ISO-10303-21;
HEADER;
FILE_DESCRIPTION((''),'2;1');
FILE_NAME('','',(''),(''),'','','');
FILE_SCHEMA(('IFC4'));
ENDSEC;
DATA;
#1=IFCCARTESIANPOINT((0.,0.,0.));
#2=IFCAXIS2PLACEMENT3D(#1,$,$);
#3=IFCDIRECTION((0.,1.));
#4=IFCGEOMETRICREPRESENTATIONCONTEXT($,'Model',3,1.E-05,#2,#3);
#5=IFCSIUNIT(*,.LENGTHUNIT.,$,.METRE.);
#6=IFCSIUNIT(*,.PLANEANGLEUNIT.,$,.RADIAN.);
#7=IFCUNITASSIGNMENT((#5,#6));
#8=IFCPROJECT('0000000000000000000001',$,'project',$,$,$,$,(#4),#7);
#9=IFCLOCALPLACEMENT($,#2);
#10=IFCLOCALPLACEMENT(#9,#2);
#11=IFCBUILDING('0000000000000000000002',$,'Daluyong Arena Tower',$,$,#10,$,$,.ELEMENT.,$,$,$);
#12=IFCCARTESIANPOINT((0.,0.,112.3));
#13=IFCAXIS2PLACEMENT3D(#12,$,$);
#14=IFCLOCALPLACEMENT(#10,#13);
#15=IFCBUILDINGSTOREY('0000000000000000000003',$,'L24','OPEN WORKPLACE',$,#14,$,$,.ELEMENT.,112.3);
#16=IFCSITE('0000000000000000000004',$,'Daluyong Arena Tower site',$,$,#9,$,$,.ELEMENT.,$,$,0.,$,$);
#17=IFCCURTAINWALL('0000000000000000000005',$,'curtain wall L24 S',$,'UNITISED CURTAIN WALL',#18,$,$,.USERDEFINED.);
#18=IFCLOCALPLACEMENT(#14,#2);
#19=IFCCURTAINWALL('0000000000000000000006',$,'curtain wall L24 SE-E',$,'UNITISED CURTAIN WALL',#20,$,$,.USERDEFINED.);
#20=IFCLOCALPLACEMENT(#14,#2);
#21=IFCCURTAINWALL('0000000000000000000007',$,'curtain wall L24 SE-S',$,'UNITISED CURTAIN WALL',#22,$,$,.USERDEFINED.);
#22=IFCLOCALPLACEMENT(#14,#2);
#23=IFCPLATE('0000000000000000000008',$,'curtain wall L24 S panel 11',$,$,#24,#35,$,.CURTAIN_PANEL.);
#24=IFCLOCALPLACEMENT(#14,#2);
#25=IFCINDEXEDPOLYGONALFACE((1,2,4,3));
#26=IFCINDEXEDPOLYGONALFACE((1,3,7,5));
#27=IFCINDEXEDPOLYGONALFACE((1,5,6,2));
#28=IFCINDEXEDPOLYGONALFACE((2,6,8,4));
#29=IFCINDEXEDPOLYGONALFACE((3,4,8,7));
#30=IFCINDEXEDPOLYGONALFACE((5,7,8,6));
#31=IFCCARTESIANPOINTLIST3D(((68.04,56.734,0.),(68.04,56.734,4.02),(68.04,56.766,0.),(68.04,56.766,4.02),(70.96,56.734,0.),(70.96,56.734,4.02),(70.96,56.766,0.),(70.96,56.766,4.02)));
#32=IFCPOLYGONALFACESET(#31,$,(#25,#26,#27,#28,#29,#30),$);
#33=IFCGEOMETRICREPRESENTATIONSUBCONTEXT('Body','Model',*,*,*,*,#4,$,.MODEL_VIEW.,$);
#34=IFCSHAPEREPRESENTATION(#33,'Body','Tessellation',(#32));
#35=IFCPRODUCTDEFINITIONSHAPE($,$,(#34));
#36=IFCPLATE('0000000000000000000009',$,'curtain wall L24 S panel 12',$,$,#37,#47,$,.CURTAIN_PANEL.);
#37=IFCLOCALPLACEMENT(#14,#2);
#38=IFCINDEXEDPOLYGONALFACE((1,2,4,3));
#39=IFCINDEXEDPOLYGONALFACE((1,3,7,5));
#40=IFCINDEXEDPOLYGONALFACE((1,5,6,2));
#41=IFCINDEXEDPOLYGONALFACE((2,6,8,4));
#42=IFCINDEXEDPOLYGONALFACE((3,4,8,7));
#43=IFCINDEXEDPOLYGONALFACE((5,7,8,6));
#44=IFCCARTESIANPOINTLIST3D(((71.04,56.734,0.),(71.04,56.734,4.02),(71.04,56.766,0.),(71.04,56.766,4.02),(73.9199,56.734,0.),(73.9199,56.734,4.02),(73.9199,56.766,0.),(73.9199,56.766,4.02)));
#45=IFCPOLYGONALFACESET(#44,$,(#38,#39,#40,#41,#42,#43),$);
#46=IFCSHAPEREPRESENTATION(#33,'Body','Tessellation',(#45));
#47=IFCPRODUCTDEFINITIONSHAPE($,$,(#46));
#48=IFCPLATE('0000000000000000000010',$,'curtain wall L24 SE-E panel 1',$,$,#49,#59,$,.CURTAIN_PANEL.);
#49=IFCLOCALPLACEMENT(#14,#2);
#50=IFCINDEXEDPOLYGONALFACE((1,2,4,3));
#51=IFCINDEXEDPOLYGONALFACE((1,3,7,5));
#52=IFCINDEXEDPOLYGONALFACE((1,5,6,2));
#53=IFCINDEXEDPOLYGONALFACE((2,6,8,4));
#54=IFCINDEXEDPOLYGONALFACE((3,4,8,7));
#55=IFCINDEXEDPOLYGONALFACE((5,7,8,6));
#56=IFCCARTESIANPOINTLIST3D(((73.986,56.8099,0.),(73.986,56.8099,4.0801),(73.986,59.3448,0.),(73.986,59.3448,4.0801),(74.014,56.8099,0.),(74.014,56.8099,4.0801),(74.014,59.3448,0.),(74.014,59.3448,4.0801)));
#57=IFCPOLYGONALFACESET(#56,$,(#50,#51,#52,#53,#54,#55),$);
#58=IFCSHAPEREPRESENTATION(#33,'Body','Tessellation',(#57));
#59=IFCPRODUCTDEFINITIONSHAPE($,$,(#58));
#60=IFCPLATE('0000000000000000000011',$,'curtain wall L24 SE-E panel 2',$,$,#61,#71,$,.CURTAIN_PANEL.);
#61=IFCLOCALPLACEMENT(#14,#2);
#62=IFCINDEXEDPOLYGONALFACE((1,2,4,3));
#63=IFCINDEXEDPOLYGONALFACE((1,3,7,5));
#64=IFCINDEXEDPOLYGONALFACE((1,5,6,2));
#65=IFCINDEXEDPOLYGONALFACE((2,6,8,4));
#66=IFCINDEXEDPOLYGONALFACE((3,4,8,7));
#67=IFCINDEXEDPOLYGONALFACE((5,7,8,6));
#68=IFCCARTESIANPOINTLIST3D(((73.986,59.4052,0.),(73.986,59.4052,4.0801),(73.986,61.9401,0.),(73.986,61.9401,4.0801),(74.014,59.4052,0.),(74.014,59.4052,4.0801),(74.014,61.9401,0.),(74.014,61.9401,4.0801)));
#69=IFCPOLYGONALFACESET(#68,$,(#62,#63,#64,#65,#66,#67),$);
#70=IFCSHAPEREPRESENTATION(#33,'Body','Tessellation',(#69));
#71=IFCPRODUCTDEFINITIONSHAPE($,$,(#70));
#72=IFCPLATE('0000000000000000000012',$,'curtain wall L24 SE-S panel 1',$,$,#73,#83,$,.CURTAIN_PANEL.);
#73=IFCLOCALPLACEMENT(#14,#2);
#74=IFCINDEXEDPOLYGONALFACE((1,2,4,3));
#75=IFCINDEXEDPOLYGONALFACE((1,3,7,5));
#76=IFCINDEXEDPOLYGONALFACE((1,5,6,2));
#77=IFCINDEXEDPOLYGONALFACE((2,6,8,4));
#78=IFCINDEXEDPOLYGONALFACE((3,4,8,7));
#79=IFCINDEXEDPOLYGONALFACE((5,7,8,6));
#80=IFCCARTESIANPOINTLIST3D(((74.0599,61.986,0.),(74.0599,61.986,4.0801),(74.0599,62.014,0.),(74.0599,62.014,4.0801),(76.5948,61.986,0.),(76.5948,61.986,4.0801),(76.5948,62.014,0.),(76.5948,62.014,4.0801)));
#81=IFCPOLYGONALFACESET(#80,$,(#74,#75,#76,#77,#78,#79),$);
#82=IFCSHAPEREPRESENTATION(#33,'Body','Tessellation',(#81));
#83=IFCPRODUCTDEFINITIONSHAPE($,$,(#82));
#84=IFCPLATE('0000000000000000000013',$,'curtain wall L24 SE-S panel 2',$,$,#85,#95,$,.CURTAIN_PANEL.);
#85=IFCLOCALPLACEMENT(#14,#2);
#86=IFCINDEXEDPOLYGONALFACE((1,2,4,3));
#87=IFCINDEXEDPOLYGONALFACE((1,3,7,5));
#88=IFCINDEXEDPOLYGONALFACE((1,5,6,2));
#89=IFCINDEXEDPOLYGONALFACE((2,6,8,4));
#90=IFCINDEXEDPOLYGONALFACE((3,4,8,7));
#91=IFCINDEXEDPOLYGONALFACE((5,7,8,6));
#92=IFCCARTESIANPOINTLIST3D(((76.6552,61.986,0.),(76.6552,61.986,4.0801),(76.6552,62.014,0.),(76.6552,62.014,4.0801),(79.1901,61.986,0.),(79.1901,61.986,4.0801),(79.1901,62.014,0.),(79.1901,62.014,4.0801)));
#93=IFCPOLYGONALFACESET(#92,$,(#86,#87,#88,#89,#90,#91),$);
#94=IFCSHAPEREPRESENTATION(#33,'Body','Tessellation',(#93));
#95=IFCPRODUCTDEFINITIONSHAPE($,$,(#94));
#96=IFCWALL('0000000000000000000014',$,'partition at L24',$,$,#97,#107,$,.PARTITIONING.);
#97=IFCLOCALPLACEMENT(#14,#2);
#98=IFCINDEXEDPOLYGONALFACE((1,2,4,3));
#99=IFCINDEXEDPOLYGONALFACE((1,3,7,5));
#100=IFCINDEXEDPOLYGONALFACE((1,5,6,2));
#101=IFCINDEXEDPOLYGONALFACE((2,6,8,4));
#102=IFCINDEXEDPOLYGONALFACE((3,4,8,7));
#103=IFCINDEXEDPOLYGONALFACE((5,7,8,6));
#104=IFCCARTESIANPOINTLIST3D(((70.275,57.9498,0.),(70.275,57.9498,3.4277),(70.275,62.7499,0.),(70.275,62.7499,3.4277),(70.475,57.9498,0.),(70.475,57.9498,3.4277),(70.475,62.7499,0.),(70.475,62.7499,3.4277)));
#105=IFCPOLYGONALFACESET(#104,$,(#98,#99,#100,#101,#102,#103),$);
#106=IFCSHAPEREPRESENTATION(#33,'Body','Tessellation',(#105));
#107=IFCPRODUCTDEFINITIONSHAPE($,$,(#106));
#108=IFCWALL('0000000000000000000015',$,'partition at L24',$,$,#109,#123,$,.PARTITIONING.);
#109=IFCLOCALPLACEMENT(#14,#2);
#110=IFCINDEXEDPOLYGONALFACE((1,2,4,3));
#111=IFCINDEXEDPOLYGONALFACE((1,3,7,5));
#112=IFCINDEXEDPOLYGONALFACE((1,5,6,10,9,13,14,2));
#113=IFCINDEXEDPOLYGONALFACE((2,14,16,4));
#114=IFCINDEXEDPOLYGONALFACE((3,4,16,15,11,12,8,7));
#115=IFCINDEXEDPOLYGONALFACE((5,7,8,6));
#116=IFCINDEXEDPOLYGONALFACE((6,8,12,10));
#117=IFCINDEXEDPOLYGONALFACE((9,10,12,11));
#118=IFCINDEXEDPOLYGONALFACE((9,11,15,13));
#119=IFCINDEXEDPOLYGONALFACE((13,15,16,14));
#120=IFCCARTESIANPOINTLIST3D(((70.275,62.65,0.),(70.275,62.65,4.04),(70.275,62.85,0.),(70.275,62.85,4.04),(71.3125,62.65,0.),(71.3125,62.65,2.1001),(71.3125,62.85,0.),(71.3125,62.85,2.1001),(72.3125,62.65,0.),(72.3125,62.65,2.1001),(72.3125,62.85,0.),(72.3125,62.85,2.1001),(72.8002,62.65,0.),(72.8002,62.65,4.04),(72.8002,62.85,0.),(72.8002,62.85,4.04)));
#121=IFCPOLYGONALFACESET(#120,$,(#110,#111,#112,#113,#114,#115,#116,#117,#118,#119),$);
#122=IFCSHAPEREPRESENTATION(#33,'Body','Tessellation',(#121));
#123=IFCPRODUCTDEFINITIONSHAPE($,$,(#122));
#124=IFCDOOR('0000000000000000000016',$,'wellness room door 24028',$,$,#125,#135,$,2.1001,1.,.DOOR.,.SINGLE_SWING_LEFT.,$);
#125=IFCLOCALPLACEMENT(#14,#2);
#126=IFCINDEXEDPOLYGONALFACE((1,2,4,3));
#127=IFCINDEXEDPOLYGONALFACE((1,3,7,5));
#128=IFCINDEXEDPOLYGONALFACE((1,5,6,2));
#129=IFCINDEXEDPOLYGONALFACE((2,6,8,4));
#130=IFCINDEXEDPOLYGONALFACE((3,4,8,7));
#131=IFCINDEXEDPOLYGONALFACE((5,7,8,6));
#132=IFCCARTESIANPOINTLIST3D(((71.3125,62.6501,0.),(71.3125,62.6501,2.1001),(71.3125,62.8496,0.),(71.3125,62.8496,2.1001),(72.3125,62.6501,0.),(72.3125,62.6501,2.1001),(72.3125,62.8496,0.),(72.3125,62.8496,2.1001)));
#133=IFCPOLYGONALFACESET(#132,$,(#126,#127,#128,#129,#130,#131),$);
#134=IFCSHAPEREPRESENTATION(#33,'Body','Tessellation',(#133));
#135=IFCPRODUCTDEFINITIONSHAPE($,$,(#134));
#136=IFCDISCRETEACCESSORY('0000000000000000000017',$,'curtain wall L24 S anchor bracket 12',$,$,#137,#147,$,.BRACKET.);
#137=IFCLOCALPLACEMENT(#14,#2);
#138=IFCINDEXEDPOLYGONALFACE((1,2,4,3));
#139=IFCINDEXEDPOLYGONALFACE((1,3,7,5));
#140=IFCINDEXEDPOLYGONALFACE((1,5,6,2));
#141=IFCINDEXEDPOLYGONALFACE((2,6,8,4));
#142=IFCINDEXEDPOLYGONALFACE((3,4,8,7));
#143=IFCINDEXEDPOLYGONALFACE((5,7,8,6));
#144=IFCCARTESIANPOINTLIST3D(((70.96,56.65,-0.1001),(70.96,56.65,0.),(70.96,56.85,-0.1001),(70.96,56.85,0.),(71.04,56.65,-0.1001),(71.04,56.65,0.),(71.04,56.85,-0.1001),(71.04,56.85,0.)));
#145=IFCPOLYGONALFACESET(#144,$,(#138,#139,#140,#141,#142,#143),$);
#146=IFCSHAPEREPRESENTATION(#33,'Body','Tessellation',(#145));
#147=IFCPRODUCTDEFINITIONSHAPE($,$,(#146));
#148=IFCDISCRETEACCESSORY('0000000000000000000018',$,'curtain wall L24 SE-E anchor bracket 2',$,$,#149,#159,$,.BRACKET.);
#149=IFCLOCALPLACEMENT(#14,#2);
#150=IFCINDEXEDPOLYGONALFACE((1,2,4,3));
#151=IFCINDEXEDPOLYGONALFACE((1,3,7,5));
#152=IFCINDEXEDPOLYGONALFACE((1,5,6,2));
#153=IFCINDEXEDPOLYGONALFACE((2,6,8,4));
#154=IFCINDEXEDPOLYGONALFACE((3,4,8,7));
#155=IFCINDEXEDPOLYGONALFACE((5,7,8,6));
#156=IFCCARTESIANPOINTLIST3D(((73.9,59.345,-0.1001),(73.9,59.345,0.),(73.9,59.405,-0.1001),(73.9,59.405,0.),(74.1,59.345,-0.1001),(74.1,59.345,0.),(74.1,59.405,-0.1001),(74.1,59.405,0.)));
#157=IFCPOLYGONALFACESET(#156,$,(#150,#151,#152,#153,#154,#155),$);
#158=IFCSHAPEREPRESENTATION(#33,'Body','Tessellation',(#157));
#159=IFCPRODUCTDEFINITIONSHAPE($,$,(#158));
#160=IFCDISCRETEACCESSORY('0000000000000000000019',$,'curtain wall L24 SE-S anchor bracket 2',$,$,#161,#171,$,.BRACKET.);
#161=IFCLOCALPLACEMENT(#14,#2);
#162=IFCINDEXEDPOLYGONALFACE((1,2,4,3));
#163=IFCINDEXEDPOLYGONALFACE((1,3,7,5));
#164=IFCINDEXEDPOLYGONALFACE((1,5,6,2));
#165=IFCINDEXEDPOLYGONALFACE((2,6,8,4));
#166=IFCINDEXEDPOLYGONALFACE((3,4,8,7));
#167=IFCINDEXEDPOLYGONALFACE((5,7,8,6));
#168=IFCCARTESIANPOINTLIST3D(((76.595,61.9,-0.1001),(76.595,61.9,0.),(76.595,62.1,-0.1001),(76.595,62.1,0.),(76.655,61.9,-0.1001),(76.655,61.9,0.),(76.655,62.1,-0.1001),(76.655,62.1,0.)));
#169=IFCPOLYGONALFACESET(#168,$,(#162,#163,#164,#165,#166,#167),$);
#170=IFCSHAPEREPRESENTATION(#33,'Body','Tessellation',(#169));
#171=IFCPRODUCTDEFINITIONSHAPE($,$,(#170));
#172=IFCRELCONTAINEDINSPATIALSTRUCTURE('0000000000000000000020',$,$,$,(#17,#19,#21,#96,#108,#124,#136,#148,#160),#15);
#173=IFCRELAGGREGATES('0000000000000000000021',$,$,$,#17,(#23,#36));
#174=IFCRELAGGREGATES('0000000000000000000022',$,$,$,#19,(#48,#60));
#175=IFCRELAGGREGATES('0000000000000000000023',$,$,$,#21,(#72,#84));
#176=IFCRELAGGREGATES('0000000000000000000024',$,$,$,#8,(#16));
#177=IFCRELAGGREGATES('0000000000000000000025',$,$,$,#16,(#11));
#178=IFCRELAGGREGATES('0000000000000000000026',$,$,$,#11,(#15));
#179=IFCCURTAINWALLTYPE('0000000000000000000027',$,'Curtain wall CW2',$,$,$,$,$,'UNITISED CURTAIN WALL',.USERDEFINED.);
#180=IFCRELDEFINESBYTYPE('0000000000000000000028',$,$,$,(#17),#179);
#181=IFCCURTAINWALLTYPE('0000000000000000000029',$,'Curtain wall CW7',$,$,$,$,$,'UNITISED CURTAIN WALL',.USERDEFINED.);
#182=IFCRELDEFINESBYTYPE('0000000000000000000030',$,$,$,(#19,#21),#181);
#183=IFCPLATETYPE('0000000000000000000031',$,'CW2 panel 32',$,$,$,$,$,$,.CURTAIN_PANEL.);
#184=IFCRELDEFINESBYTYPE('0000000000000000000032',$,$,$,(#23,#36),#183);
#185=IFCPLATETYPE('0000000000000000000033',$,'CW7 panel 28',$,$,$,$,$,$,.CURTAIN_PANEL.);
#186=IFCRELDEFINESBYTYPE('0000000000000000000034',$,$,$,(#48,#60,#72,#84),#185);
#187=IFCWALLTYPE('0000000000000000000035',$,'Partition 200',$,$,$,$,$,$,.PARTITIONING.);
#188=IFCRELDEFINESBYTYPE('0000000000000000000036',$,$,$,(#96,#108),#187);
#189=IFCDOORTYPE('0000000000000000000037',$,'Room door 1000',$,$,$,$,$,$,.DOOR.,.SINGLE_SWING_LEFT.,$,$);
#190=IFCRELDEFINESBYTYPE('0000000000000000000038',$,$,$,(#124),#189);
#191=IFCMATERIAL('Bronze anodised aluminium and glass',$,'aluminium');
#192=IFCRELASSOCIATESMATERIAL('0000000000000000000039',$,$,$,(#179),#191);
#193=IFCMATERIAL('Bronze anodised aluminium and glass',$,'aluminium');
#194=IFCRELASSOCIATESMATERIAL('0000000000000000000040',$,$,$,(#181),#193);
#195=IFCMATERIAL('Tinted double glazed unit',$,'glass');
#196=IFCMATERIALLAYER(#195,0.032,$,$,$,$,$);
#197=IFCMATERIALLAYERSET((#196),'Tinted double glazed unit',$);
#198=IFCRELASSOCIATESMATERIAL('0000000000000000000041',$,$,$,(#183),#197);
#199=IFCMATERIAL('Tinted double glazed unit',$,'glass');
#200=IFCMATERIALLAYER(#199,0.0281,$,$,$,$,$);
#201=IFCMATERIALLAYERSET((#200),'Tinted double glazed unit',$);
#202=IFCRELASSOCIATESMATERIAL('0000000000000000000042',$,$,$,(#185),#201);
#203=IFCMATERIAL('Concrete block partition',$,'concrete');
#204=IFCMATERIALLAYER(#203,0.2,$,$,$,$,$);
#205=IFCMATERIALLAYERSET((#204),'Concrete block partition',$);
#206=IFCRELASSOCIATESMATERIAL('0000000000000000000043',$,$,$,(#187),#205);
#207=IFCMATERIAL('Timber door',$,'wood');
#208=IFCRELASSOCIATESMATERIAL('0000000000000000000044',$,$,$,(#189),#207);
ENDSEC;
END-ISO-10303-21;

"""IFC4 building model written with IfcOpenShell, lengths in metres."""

from ifc_helpers import new_model, si_unit, direction, frame, frame_2d, origin, origin_2d, place, context, subcontext, project, spatial, rectangle, extrude, material, layer, layer_set, type_object, element, fill, aggregate, save


model = new_model("IFC4")

# Units and contexts
model_context = context("Model", 3, precision=1e-05, world=origin(), true_north=direction((0.0, 1.0)))
body_context = subcontext(model_context, "Body", "Model", "MODEL_VIEW")
ifc_project = project(units=[si_unit("LENGTHUNIT", "METRE"), si_unit("PLANEANGLEUNIT", "RADIAN")], contexts=[model_context])

# Site, building, storey
site_placement = place(None, origin())
site = spatial("IfcSite", under=ifc_project, at=site_placement, Name="Daluyong Arena Tower site", CompositionType="ELEMENT", RefElevation=0.0)
building_placement = place(site_placement, origin())
building = spatial("IfcBuilding", under=site, at=building_placement, Name="Daluyong Arena Tower", CompositionType="ELEMENT")
storey_placement = place(building_placement, frame((0.0, 0.0, 112.3)))
storey = spatial("IfcBuildingStorey", under=building, at=storey_placement, Name="L24", Description="OPEN WORKPLACE", CompositionType="ELEMENT", Elevation=112.3)

# Curtain wall
ifc_material_1 = material(Name="Bronze anodised aluminium and glass", Category="aluminium")
curtain_wall_type_1 = type_object("IfcCurtainWallType", Name="Curtain wall CW2", ElementType="UNITISED CURTAIN WALL", PredefinedType="USERDEFINED", material=ifc_material_1)
curtain_wall_1_placement = place(storey_placement, origin())
curtain_wall_1 = element("IfcCurtainWall", 1, at=curtain_wall_1_placement, inside=storey, type_object=curtain_wall_type_1, Name="curtain wall L24 S", ObjectType="UNITISED CURTAIN WALL", PredefinedType="USERDEFINED")

# Curtain walls
ifc_material_2 = material(Name="Bronze anodised aluminium and glass", Category="aluminium")
curtain_wall_type_2 = type_object("IfcCurtainWallType", Name="Curtain wall CW7", ElementType="UNITISED CURTAIN WALL", PredefinedType="USERDEFINED", material=ifc_material_2)
curtain_wall_2_placement = place(storey_placement, origin())
curtain_wall_2 = element("IfcCurtainWall", 2, at=curtain_wall_2_placement, inside=storey, type_object=curtain_wall_type_2, Name="curtain wall L24 SE-E", ObjectType="UNITISED CURTAIN WALL", PredefinedType="USERDEFINED")
curtain_wall_3_placement = place(storey_placement, origin())
curtain_wall_3 = element("IfcCurtainWall", 3, at=curtain_wall_3_placement, inside=storey, type_object=curtain_wall_type_2, Name="curtain wall L24 SE-S", ObjectType="UNITISED CURTAIN WALL", PredefinedType="USERDEFINED")

# Plates
ifc_material_3 = material(Name="Tinted double glazed unit", Category="glass")
ifc_layer_1 = layer(ifc_material_3, 0.032)
ifc_layer_set_1 = layer_set([ifc_layer_1], Name="Tinted double glazed unit")
plate_type_1 = type_object("IfcPlateType", Name="CW2 panel 32", PredefinedType="CURTAIN_PANEL", material=ifc_layer_set_1)
plate_1_placement = place(storey_placement, frame((69.5, 56.75, 0.0), z_axis=(0.0, 0.0, 1.0), x_axis=(1.0, 0.0, 0.0)))
plate_1 = element("IfcPlate", 4, at=plate_1_placement, type_object=plate_type_1, Name="curtain wall L24 S panel 11", PredefinedType="CURTAIN_PANEL", context=body_context, shape_type="SweptSolid", body=[
    extrude(rectangle(XDim=2.9199, YDim=0.032, at=origin_2d()), origin(), (0.0, 0.0, 1.0), 4.02),
])
plate_2_placement = place(storey_placement, frame((72.48, 56.75, 0.0), z_axis=(0.0, 0.0, 1.0), x_axis=(1.0, 0.0, 0.0)))
plate_2 = element("IfcPlate", 5, at=plate_2_placement, type_object=plate_type_1, Name="curtain wall L24 S panel 12", PredefinedType="CURTAIN_PANEL", context=body_context, shape_type="SweptSolid", body=[
    extrude(rectangle(XDim=2.8799, YDim=0.032, at=origin_2d()), origin(), (0.0, 0.0, 1.0), 4.02),
])
aggregate(curtain_wall_1, [plate_1, plate_2])
ifc_material_4 = material(Name="Tinted double glazed unit", Category="glass")
ifc_layer_2 = layer(ifc_material_4, 0.0281)
ifc_layer_set_2 = layer_set([ifc_layer_2], Name="Tinted double glazed unit")
plate_type_2 = type_object("IfcPlateType", Name="CW7 panel 28", PredefinedType="CURTAIN_PANEL", material=ifc_layer_set_2)
plate_3_placement = place(storey_placement, frame((74.0, 58.0774, 0.0), z_axis=(0.0, 0.0, 1.0), x_axis=(0.0, 1.0, 0.0)))
plate_3 = element("IfcPlate", 6, at=plate_3_placement, type_object=plate_type_2, Name="curtain wall L24 SE-E panel 1", PredefinedType="CURTAIN_PANEL", context=body_context, shape_type="SweptSolid", body=[
    extrude(rectangle(XDim=2.5349, YDim=0.0281, at=origin_2d()), origin(), (0.0, 0.0, 1.0), 4.0801),
])
plate_4_placement = place(storey_placement, frame((74.0, 60.6726, 0.0), z_axis=(0.0, 0.0, 1.0), x_axis=(0.0, 1.0, 0.0)))
plate_4 = element("IfcPlate", 7, at=plate_4_placement, type_object=plate_type_2, Name="curtain wall L24 SE-E panel 2", PredefinedType="CURTAIN_PANEL", context=body_context, shape_type="SweptSolid", body=[
    extrude(rectangle(XDim=2.5349, YDim=0.0281, at=origin_2d()), origin(), (0.0, 0.0, 1.0), 4.0801),
])
aggregate(curtain_wall_2, [plate_3, plate_4])
plate_5_placement = place(storey_placement, frame((75.3274, 62.0, 0.0), z_axis=(0.0, 0.0, 1.0), x_axis=(1.0, 0.0, 0.0)))
plate_5 = element("IfcPlate", 8, at=plate_5_placement, type_object=plate_type_2, Name="curtain wall L24 SE-S panel 1", PredefinedType="CURTAIN_PANEL", context=body_context, shape_type="SweptSolid", body=[
    extrude(rectangle(XDim=2.5349, YDim=0.0281, at=origin_2d()), origin(), (0.0, 0.0, 1.0), 4.0801),
])
plate_6_placement = place(storey_placement, frame((77.9226, 62.0, 0.0), z_axis=(0.0, 0.0, 1.0), x_axis=(1.0, 0.0, 0.0)))
plate_6 = element("IfcPlate", 9, at=plate_6_placement, type_object=plate_type_2, Name="curtain wall L24 SE-S panel 2", PredefinedType="CURTAIN_PANEL", context=body_context, shape_type="SweptSolid", body=[
    extrude(rectangle(XDim=2.5349, YDim=0.0281, at=origin_2d()), origin(), (0.0, 0.0, 1.0), 4.0801),
])
aggregate(curtain_wall_3, [plate_5, plate_6])

# Wall
ifc_material_5 = material(Name="Concrete block partition", Category="concrete")
ifc_layer_3 = layer(ifc_material_5, 0.2)
ifc_layer_set_3 = layer_set([ifc_layer_3], Name="Concrete block partition")
wall_type = type_object("IfcWallType", Name="Partition 200", PredefinedType="PARTITIONING", material=ifc_layer_set_3)
wall_1_placement = place(storey_placement, frame((70.375, 57.95, 0.0), z_axis=(0.0, 0.0, 1.0), x_axis=(0.0, 1.0, 0.0)))
element("IfcWall", 10, at=wall_1_placement, inside=storey, type_object=wall_type, Name="partition at L24", PredefinedType="PARTITIONING", context=body_context, shape_type="SweptSolid", body=[
    extrude(rectangle(XDim=4.8, YDim=0.2, at=frame_2d((2.3999, 0.0))), origin(), (0.0, 0.0, 1.0), 3.4277),
])

# Wall, opening, door
wall_2_placement = place(storey_placement, frame((70.2749, 62.75, 0.0), z_axis=(0.0, 0.0, 1.0), x_axis=(1.0, 0.0, 0.0)))
wall_2 = element("IfcWall", 11, at=wall_2_placement, inside=storey, type_object=wall_type, Name="partition at L24", PredefinedType="PARTITIONING", context=body_context, shape_type="SweptSolid", body=[
    extrude(rectangle(XDim=2.5251, YDim=0.2, at=frame_2d((1.2627, 0.0))), origin(), (0.0, 0.0, 1.0), 4.04),
])
opening_placement = place(wall_2_placement, frame((1.0376, 0.0, 0.0)))
opening = element("IfcOpeningElement", 12, at=opening_placement, cuts=wall_2, PredefinedType="OPENING", context=body_context, shape_type="SweptSolid", body=[
    extrude(rectangle(XDim=1.0, YDim=2.1001, at=frame_2d((0.5, 1.05))), frame((0.0, 0.1099, 0.0), z_axis=(0.0, -1.0, 0.0), x_axis=(1.0, 0.0, 0.0)), (0.0, 0.0, 1.0), 0.22),
])
ifc_material_6 = material(Name="Timber door", Category="wood")
door_type = type_object("IfcDoorType", Name="Room door 1000", OperationType="SINGLE_SWING_LEFT", PredefinedType="DOOR", material=ifc_material_6)
door_placement = place(opening_placement, origin())
door = element("IfcDoor", 13, at=door_placement, inside=storey, type_object=door_type, Name="wellness room door 24028", OperationType="SINGLE_SWING_LEFT", OverallHeight=2.1001, OverallWidth=1.0, PredefinedType="DOOR", context=body_context, shape_type="SweptSolid", body=[
    extrude(rectangle(XDim=1.0, YDim=2.1001, at=frame_2d((0.5, 1.05))), frame((0.0, 0.0996, 0.0), z_axis=(0.0, -1.0, 0.0), x_axis=(1.0, 0.0, 0.0)), (0.0, 0.0, 1.0), 0.1995),
])
fill(opening, door)

# Discrete accessories
discrete_accessory_placement = place(storey_placement, frame((71.0, 56.75, -0.1001), z_axis=(0.0, 0.0, 1.0), x_axis=(1.0, 0.0, 0.0)))
element("IfcDiscreteAccessory", 14, at=discrete_accessory_placement, inside=storey, Name="curtain wall L24 S anchor bracket 12", PredefinedType="BRACKET", context=body_context, shape_type="SweptSolid", body=[
    extrude(rectangle(XDim=0.0801, YDim=0.2, at=origin_2d()), origin(), (0.0, 0.0, 1.0), 0.1001),
])
for number, where, z_axis, x_axis, name in (
    (15, (74.0, 59.375, -0.1001), (0.0, 0.0, 1.0), (0.0, 1.0, 0.0), "curtain wall L24 SE-E anchor bracket 2"),
    (16, (76.625, 62.0, -0.1001), (0.0, 0.0, 1.0), (1.0, 0.0, 0.0), "curtain wall L24 SE-S anchor bracket 2"),
):
    element("IfcDiscreteAccessory", number, at=place(storey_placement, frame(where, z_axis=z_axis, x_axis=x_axis)), inside=storey, Name=name, PredefinedType="BRACKET", context=body_context, shape_type="SweptSolid", body=[
        extrude(rectangle(XDim=0.0601, YDim=0.2, at=origin_2d()), origin(), (0.0, 0.0, 1.0), 0.1001),
    ])

save(model, "model.ifc")
